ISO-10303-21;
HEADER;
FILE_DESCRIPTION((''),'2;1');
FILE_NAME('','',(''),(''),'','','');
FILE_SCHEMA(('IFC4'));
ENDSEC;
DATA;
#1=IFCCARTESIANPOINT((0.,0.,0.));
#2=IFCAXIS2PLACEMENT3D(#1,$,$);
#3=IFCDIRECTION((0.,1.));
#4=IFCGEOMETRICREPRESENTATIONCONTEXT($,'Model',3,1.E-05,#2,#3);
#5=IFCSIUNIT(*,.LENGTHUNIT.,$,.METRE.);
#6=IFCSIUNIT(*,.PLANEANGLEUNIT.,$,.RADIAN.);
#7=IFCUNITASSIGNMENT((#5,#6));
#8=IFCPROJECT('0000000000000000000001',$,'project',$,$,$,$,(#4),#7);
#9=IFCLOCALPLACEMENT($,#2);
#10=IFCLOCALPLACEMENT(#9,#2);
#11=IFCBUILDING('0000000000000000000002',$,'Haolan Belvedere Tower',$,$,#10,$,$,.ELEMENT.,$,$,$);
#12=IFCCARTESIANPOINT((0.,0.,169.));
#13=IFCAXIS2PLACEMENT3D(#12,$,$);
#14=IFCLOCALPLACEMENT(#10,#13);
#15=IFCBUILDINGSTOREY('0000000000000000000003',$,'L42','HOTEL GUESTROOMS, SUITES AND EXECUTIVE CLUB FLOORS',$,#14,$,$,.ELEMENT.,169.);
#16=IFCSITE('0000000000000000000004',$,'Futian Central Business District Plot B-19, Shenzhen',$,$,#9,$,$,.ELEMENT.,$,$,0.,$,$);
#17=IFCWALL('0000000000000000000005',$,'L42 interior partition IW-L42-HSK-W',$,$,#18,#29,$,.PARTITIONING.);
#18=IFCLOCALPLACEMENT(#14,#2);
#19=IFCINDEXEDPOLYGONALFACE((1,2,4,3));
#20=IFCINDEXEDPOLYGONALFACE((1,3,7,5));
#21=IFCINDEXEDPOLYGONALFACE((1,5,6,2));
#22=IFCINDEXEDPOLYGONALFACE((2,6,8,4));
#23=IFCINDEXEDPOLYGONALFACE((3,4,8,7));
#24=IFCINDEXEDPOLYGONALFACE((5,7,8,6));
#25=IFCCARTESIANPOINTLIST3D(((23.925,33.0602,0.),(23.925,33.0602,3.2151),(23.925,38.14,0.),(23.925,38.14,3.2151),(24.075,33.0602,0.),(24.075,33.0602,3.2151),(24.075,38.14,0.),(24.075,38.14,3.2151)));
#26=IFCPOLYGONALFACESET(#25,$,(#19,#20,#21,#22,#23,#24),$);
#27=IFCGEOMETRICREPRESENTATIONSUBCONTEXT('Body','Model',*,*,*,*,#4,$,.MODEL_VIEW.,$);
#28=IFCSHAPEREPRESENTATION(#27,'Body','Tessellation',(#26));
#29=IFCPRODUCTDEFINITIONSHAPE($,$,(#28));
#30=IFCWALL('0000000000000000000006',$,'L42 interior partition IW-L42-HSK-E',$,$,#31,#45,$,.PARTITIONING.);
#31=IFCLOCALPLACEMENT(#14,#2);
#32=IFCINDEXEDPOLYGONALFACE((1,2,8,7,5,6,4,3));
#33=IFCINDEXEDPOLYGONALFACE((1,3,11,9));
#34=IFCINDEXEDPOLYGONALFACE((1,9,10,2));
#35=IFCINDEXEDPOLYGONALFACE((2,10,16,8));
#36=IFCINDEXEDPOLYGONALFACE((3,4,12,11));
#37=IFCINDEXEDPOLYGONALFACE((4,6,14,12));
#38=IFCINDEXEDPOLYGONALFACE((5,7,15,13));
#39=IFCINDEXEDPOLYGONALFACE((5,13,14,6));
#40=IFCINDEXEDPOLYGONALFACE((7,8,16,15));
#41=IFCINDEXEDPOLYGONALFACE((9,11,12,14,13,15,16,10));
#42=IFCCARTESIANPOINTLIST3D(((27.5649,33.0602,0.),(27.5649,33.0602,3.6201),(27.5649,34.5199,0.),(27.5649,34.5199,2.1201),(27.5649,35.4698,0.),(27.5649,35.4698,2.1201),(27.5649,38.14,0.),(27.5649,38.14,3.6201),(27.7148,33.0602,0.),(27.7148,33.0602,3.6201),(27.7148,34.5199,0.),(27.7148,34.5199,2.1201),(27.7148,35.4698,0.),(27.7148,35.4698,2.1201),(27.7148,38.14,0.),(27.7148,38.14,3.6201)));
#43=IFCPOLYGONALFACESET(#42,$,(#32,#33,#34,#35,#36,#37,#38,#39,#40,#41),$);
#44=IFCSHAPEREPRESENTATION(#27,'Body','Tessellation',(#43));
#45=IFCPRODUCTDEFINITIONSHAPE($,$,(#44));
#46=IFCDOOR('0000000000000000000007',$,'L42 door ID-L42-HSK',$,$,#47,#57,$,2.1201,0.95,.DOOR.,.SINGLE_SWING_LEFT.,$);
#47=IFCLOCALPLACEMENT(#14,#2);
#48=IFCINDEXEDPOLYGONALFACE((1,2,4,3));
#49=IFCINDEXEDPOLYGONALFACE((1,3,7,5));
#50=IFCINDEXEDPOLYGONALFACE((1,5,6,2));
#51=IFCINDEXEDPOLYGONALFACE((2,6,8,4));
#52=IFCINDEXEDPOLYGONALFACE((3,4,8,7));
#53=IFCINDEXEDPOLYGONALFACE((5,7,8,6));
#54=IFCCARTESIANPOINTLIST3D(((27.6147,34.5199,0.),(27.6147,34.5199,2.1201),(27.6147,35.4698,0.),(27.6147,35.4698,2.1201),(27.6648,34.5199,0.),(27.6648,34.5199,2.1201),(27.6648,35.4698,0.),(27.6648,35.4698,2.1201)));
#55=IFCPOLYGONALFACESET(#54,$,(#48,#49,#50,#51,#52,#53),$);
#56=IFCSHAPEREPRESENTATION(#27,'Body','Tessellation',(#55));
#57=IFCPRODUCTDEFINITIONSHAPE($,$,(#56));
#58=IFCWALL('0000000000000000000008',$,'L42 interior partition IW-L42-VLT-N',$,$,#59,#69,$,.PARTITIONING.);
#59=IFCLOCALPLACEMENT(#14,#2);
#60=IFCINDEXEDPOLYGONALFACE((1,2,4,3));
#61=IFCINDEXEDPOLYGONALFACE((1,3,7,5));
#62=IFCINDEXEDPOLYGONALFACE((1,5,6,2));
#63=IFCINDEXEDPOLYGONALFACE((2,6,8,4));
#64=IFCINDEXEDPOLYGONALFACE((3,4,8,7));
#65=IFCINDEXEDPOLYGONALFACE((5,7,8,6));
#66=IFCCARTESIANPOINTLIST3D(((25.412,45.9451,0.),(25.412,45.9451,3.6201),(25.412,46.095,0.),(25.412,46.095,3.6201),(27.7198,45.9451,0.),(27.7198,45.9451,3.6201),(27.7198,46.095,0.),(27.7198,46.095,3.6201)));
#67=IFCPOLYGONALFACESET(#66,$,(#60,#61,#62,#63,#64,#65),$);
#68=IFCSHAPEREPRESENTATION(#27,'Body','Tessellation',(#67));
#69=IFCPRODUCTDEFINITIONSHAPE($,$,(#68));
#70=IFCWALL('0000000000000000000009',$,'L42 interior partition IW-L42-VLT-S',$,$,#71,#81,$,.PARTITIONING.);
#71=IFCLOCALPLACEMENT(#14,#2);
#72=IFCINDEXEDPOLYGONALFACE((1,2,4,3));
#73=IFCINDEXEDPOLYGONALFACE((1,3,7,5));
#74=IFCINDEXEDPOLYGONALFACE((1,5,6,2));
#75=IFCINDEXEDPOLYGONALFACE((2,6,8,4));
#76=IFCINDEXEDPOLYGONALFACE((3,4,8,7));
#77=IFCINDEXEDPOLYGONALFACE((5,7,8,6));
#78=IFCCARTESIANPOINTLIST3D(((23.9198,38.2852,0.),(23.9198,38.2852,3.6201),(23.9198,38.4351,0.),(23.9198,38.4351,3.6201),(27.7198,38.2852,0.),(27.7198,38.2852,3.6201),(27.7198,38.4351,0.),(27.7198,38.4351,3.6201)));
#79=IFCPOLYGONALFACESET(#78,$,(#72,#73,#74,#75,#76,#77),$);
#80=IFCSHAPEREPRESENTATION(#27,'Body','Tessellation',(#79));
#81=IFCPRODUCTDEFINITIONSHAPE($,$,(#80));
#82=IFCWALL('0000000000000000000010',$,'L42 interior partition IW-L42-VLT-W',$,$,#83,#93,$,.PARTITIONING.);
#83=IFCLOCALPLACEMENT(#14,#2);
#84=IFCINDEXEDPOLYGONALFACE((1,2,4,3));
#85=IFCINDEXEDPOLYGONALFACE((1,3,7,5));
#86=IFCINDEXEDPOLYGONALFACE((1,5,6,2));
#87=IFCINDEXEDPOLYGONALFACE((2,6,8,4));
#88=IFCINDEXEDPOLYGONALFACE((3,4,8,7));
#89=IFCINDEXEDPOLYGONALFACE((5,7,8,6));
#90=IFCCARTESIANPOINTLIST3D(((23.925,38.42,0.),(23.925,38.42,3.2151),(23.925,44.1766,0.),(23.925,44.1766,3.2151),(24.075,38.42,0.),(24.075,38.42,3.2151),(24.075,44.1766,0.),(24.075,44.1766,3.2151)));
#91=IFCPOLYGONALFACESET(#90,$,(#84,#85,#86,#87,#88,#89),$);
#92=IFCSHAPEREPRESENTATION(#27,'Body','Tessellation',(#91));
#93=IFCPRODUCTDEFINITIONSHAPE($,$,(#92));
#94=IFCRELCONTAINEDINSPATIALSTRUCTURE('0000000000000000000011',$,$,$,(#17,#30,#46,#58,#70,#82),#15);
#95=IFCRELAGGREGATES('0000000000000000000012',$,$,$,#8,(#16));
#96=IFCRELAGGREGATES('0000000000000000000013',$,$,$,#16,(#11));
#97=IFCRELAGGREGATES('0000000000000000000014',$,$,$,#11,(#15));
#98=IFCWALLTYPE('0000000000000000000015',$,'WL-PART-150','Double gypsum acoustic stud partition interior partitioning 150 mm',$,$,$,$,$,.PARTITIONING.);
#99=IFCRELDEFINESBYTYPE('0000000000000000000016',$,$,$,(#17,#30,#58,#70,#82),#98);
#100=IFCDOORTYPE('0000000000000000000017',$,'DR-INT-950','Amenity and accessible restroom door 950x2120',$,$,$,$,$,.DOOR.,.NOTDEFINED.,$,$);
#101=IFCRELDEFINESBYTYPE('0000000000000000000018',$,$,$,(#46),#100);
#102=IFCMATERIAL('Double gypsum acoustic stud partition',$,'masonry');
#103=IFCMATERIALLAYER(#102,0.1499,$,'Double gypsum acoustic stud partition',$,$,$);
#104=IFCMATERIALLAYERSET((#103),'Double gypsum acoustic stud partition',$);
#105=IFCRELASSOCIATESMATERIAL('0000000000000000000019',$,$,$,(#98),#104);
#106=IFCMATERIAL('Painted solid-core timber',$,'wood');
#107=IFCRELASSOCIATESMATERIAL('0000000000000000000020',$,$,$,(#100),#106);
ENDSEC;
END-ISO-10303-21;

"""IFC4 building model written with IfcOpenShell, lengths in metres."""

from ifc_helpers import new_model, si_unit, direction, frame, frame_2d, origin, place, context, subcontext, project, spatial, rectangle, extrude, material, layer, layer_set, type_object, element, fill, save


model = new_model("IFC4")

# Units and contexts
model_context = context("Model", 3, precision=1e-05, world=origin(), true_north=direction((0.0, 1.0)))
body_context = subcontext(model_context, "Body", "Model", "MODEL_VIEW")
ifc_project = project(units=[si_unit("LENGTHUNIT", "METRE"), si_unit("PLANEANGLEUNIT", "RADIAN")], contexts=[model_context])

# Site, building, storey
site_placement = place(None, origin())
site = spatial("IfcSite", under=ifc_project, at=site_placement, Name="Futian Central Business District Plot B-19, Shenzhen", CompositionType="ELEMENT", RefElevation=0.0)
building_placement = place(site_placement, origin())
building = spatial("IfcBuilding", under=site, at=building_placement, Name="Haolan Belvedere Tower", CompositionType="ELEMENT")
storey_placement = place(building_placement, frame((0.0, 0.0, 169.0)))
storey = spatial("IfcBuildingStorey", under=building, at=storey_placement, Name="L42", Description="HOTEL GUESTROOMS, SUITES AND EXECUTIVE CLUB FLOORS", CompositionType="ELEMENT", Elevation=169.0)

# Wall
ifc_material_1 = material(Name="Double gypsum acoustic stud partition", Category="masonry")
ifc_layer_1 = layer(ifc_material_1, 0.1499, Name="Double gypsum acoustic stud partition")
ifc_layer_set_1 = layer_set([ifc_layer_1], Name="Double gypsum acoustic stud partition")
wall_type_1 = type_object("IfcWallType", Name="WL-PART-150", Description="Double gypsum acoustic stud partition interior partitioning 150 mm", PredefinedType="PARTITIONING", material=ifc_layer_set_1)
wall_1_placement = place(storey_placement, frame((24.0, 33.0601, 0.0), z_axis=(0.0, 0.0, 1.0), x_axis=(0.0, 1.0, 0.0)))
element("IfcWall", 1, at=wall_1_placement, inside=storey, type_object=wall_type_1, Name="L42 interior partition IW-L42-HSK-W", PredefinedType="PARTITIONING", context=body_context, shape_type="SweptSolid", body=[
    extrude(rectangle(XDim=5.0798, YDim=0.1499, at=frame_2d((2.54, 0.0))), origin(), (0.0, 0.0, 1.0), 3.2151),
])

# Wall, opening, door
wall_2_placement = place(storey_placement, frame((27.6399, 33.0601, 0.0), z_axis=(0.0, 0.0, 1.0), x_axis=(0.0, 1.0, 0.0)))
wall_2 = element("IfcWall", 2, at=wall_2_placement, inside=storey, type_object=wall_type_1, Name="L42 interior partition IW-L42-HSK-E", PredefinedType="PARTITIONING", context=body_context, shape_type="SweptSolid", body=[
    extrude(rectangle(XDim=5.0798, YDim=0.1499, at=frame_2d((2.54, 0.0))), origin(), (0.0, 0.0, 1.0), 3.6201),
])
opening_1_placement = place(wall_2_placement, frame((2.4099, 0.0, 0.0), z_axis=(0.0, 0.0, 1.0), x_axis=(-1.0, 0.0, 0.0)))
opening_1 = element("IfcOpeningElement", 3, at=opening_1_placement, cuts=wall_2, PredefinedType="OPENING", context=body_context, shape_type="SweptSolid", body=[
    extrude(rectangle(XDim=0.95, YDim=2.1201, at=frame_2d((0.4751, 1.0601))), frame((0.0, 0.085, 0.0), z_axis=(0.0, -1.0, 0.0), x_axis=(1.0, 0.0, 0.0)), (0.0, 0.0, 1.0), 0.1699),
])
ifc_material_2 = material(Name="Painted solid-core timber", Category="wood")
door_type = type_object("IfcDoorType", Name="DR-INT-950", Description="Amenity and accessible restroom door 950x2120", OperationType="NOTDEFINED", PredefinedType="DOOR", material=ifc_material_2)
door_placement = place(opening_1_placement, origin())
door = element("IfcDoor", 4, at=door_placement, inside=storey, type_object=door_type, Name="L42 door ID-L42-HSK", OperationType="SINGLE_SWING_LEFT", OverallHeight=2.1201, OverallWidth=0.95, PredefinedType="DOOR", context=body_context, shape_type="SweptSolid", body=[
    extrude(rectangle(XDim=0.95, YDim=2.1201, at=frame_2d((0.4751, 1.0601))), frame((0.0, 0.0249, 0.0), z_axis=(0.0, -1.0, 0.0), x_axis=(1.0, 0.0, 0.0)), (0.0, 0.0, 1.0), 0.05),
])
fill(opening_1, door)

# Walls
wall_3_placement = place(storey_placement, frame((25.4121, 46.02, 0.0), z_axis=(0.0, 0.0, 1.0), x_axis=(1.0, 0.0, 0.0)))
element("IfcWall", 5, at=wall_3_placement, inside=storey, type_object=wall_type_1, Name="L42 interior partition IW-L42-VLT-N", PredefinedType="PARTITIONING", context=body_context, shape_type="SweptSolid", body=[
    extrude(rectangle(XDim=2.3079, YDim=0.1499, at=frame_2d((1.1538, 0.0))), origin(), (0.0, 0.0, 1.0), 3.6201),
])
wall_4_placement = place(storey_placement, frame((23.9199, 38.3601, 0.0), z_axis=(0.0, 0.0, 1.0), x_axis=(1.0, 0.0, 0.0)))
element("IfcWall", 6, at=wall_4_placement, inside=storey, type_object=wall_type_1, Name="L42 interior partition IW-L42-VLT-S", PredefinedType="PARTITIONING", context=body_context, shape_type="SweptSolid", body=[
    extrude(rectangle(XDim=3.8, YDim=0.1499, at=frame_2d((1.8999, 0.0))), origin(), (0.0, 0.0, 1.0), 3.6201),
])
wall_5_placement = place(storey_placement, frame((24.0, 38.4199, 0.0), z_axis=(0.0, 0.0, 1.0), x_axis=(0.0, 1.0, 0.0)))
element("IfcWall", 7, at=wall_5_placement, inside=storey, type_object=wall_type_1, Name="L42 interior partition IW-L42-VLT-W", PredefinedType="PARTITIONING", context=body_context, shape_type="SweptSolid", body=[
    extrude(rectangle(XDim=5.7566, YDim=0.1499, at=frame_2d((2.8784, 0.0))), origin(), (0.0, 0.0, 1.0), 3.2151),
])

save(model, "model.ifc")
